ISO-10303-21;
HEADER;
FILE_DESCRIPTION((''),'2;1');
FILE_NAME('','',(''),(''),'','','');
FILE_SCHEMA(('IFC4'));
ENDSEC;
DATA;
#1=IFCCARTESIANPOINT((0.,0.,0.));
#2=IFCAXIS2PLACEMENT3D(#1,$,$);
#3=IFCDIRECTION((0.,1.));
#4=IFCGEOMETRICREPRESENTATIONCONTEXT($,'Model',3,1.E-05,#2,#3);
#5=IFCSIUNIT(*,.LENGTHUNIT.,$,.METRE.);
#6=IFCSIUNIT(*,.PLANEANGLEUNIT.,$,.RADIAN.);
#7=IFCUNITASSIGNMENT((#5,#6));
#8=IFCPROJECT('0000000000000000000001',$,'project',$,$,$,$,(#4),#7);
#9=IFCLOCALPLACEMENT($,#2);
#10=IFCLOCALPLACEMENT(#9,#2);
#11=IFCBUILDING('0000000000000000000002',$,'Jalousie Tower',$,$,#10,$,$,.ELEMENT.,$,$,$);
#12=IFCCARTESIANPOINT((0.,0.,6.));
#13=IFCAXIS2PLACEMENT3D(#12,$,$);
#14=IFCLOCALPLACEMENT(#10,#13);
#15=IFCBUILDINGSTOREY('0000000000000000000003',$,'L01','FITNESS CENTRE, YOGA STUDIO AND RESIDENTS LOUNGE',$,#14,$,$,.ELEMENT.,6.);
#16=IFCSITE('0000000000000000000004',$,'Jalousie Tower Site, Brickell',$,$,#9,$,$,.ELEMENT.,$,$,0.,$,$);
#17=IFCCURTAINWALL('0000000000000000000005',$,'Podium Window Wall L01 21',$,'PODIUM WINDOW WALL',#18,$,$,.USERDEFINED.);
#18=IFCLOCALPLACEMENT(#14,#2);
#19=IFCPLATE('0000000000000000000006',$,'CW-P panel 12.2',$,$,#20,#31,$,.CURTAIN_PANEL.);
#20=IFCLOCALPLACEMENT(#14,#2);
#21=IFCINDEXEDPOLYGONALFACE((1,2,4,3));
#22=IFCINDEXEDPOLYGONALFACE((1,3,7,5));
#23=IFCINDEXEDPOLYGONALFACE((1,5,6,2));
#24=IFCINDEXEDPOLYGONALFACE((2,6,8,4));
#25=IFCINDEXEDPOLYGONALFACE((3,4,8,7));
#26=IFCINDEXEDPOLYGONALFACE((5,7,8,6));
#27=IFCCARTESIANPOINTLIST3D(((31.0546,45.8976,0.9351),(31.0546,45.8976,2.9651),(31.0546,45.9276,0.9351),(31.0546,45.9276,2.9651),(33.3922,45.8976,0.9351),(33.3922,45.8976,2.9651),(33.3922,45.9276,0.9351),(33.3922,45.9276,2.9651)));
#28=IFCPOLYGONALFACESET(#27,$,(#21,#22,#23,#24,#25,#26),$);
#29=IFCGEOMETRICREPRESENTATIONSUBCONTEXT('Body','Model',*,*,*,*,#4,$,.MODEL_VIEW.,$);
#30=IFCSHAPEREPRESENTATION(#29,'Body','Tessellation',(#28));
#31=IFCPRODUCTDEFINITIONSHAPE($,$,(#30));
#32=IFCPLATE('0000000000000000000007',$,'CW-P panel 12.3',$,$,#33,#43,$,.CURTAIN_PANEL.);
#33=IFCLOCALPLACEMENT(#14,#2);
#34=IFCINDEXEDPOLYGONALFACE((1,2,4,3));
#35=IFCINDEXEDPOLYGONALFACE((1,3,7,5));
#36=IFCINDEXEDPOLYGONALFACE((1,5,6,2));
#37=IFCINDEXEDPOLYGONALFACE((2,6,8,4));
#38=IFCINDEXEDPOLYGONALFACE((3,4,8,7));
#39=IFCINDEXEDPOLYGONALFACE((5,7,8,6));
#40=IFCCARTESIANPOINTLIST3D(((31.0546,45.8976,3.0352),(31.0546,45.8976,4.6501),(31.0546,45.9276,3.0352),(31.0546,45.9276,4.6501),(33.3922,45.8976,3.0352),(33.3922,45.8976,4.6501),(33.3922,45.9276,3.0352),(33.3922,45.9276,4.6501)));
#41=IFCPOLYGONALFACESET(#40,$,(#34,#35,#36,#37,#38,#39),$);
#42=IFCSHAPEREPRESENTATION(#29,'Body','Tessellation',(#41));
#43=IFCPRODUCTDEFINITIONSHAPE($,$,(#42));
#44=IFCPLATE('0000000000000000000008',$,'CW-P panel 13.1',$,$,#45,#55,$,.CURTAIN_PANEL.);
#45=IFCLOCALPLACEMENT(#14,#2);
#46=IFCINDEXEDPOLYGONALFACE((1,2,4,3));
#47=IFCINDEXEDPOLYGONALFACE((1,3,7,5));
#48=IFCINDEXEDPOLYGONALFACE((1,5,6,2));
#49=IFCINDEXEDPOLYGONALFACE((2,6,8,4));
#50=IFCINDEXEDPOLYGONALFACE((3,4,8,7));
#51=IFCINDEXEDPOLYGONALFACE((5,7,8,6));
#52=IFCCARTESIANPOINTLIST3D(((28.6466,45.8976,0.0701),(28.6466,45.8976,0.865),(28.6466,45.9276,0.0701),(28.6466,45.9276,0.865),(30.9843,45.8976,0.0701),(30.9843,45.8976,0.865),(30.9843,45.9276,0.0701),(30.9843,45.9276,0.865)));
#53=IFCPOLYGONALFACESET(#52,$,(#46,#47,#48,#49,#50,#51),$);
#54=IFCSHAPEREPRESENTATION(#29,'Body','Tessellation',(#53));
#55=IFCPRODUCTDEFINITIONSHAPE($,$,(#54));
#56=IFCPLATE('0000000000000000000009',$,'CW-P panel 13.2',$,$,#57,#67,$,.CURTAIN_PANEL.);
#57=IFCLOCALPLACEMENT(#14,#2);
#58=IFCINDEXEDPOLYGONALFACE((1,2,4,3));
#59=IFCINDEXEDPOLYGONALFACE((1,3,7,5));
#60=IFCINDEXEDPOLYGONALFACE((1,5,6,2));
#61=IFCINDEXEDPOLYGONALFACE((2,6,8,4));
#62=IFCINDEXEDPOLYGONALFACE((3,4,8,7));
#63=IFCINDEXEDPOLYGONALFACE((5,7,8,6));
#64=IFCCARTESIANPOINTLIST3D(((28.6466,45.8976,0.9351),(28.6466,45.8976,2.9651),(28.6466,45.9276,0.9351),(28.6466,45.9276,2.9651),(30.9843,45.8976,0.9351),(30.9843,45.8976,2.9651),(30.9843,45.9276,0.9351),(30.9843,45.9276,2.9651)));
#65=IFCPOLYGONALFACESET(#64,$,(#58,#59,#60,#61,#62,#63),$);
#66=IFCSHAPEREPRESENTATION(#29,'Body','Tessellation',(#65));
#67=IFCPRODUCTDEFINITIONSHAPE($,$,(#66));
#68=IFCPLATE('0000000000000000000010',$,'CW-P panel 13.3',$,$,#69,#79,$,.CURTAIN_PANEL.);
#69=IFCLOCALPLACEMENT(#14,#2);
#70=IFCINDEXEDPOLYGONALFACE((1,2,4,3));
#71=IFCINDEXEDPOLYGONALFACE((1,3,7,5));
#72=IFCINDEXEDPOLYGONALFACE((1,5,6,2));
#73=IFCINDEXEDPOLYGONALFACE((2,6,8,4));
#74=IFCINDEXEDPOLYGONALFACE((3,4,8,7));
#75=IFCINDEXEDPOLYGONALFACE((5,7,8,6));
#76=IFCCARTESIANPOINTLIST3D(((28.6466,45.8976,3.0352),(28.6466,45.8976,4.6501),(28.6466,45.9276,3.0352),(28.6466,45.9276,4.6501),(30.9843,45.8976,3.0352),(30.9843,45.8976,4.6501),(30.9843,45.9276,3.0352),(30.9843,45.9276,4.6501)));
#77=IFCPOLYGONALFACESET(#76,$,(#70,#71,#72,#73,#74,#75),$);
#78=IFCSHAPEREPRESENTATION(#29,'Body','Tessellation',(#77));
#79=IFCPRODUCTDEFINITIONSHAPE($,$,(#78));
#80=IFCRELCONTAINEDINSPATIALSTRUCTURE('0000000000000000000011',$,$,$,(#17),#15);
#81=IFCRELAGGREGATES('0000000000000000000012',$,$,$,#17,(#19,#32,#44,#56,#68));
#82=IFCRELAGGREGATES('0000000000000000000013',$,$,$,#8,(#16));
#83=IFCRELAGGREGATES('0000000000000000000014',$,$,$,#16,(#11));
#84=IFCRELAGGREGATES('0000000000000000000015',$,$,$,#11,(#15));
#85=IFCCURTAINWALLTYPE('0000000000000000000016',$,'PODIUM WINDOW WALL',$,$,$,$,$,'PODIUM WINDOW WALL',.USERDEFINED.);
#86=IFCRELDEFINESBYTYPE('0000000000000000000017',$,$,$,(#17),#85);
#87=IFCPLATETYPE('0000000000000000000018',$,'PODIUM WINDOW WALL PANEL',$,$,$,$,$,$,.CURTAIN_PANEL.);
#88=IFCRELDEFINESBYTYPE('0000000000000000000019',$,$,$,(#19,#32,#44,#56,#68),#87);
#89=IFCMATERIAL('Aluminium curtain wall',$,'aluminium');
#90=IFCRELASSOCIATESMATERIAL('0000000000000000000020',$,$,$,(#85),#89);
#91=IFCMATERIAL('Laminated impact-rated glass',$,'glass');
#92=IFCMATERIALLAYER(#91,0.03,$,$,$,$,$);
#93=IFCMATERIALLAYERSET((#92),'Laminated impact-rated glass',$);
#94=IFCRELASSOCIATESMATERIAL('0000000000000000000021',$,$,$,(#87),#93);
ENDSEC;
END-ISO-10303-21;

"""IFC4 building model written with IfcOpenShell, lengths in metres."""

from ifc_helpers import new_model, si_unit, direction, frame, origin, origin_2d, place, context, subcontext, project, spatial, rectangle, extrude, material, layer, layer_set, type_object, element, aggregate, save


model = new_model("IFC4")

# Units and contexts
model_context = context("Model", 3, precision=1e-05, world=origin(), true_north=direction((0.0, 1.0)))
body_context = subcontext(model_context, "Body", "Model", "MODEL_VIEW")
ifc_project = project(units=[si_unit("LENGTHUNIT", "METRE"), si_unit("PLANEANGLEUNIT", "RADIAN")], contexts=[model_context])

# Site, building, storey
site_placement = place(None, origin())
site = spatial("IfcSite", under=ifc_project, at=site_placement, Name="Jalousie Tower Site, Brickell", CompositionType="ELEMENT", RefElevation=0.0)
building_placement = place(site_placement, origin())
building = spatial("IfcBuilding", under=site, at=building_placement, Name="Jalousie Tower", CompositionType="ELEMENT")
storey_placement = place(building_placement, frame((0.0, 0.0, 6.0)))
storey = spatial("IfcBuildingStorey", under=building, at=storey_placement, Name="L01", Description="FITNESS CENTRE, YOGA STUDIO AND RESIDENTS LOUNGE", CompositionType="ELEMENT", Elevation=6.0)

# Curtain wall, plates
ifc_material_1 = material(Name="Aluminium curtain wall", Category="aluminium")
curtain_wall_type = type_object("IfcCurtainWallType", Name="PODIUM WINDOW WALL", ElementType="PODIUM WINDOW WALL", PredefinedType="USERDEFINED", material=ifc_material_1)
curtain_wall_placement = place(storey_placement, origin())
curtain_wall = element("IfcCurtainWall", 1, at=curtain_wall_placement, inside=storey, type_object=curtain_wall_type, Name="Podium Window Wall L01 21", ObjectType="PODIUM WINDOW WALL", PredefinedType="USERDEFINED")
ifc_material_2 = material(Name="Laminated impact-rated glass", Category="glass")
ifc_layer = layer(ifc_material_2, 0.03)
ifc_layer_set = layer_set([ifc_layer], Name="Laminated impact-rated glass")
plate_type = type_object("IfcPlateType", Name="PODIUM WINDOW WALL PANEL", PredefinedType="CURTAIN_PANEL", material=ifc_layer_set)
plate_1_placement = place(storey_placement, frame((32.2234, 45.9126, 0.9351), z_axis=(0.0, 0.0, 1.0), x_axis=(-1.0, 0.0, 0.0)))
plate_1 = element("IfcPlate", 2, at=plate_1_placement, type_object=plate_type, Name="CW-P panel 12.2", PredefinedType="CURTAIN_PANEL", context=body_context, shape_type="SweptSolid", body=[
    extrude(rectangle(XDim=2.3376, YDim=0.03, at=origin_2d()), origin(), (0.0, 0.0, 1.0), 2.03),
])
plate_2_placement = place(storey_placement, frame((32.2234, 45.9126, 3.0352), z_axis=(0.0, 0.0, 1.0), x_axis=(-1.0, 0.0, 0.0)))
plate_2 = element("IfcPlate", 3, at=plate_2_placement, type_object=plate_type, Name="CW-P panel 12.3", PredefinedType="CURTAIN_PANEL", context=body_context, shape_type="SweptSolid", body=[
    extrude(rectangle(XDim=2.3376, YDim=0.03, at=origin_2d()), origin(), (0.0, 0.0, 1.0), 1.615),
])
plate_3_placement = place(storey_placement, frame((29.8154, 45.9126, 0.0701), z_axis=(0.0, 0.0, 1.0), x_axis=(-1.0, 0.0, 0.0)))
plate_3 = element("IfcPlate", 4, at=plate_3_placement, type_object=plate_type, Name="CW-P panel 13.1", PredefinedType="CURTAIN_PANEL", context=body_context, shape_type="SweptSolid", body=[
    extrude(rectangle(XDim=2.3376, YDim=0.03, at=origin_2d()), origin(), (0.0, 0.0, 1.0), 0.7949),
])
plate_4_placement = place(storey_placement, frame((29.8154, 45.9126, 0.9351), z_axis=(0.0, 0.0, 1.0), x_axis=(-1.0, 0.0, 0.0)))
plate_4 = element("IfcPlate", 5, at=plate_4_placement, type_object=plate_type, Name="CW-P panel 13.2", PredefinedType="CURTAIN_PANEL", context=body_context, shape_type="SweptSolid", body=[
    extrude(rectangle(XDim=2.3376, YDim=0.03, at=origin_2d()), origin(), (0.0, 0.0, 1.0), 2.03),
])
plate_5_placement = place(storey_placement, frame((29.8154, 45.9126, 3.0352), z_axis=(0.0, 0.0, 1.0), x_axis=(-1.0, 0.0, 0.0)))
plate_5 = element("IfcPlate", 6, at=plate_5_placement, type_object=plate_type, Name="CW-P panel 13.3", PredefinedType="CURTAIN_PANEL", context=body_context, shape_type="SweptSolid", body=[
    extrude(rectangle(XDim=2.3376, YDim=0.03, at=origin_2d()), origin(), (0.0, 0.0, 1.0), 1.615),
])
aggregate(curtain_wall, [plate_1, plate_2, plate_3, plate_4, plate_5])

save(model, "model.ifc")
